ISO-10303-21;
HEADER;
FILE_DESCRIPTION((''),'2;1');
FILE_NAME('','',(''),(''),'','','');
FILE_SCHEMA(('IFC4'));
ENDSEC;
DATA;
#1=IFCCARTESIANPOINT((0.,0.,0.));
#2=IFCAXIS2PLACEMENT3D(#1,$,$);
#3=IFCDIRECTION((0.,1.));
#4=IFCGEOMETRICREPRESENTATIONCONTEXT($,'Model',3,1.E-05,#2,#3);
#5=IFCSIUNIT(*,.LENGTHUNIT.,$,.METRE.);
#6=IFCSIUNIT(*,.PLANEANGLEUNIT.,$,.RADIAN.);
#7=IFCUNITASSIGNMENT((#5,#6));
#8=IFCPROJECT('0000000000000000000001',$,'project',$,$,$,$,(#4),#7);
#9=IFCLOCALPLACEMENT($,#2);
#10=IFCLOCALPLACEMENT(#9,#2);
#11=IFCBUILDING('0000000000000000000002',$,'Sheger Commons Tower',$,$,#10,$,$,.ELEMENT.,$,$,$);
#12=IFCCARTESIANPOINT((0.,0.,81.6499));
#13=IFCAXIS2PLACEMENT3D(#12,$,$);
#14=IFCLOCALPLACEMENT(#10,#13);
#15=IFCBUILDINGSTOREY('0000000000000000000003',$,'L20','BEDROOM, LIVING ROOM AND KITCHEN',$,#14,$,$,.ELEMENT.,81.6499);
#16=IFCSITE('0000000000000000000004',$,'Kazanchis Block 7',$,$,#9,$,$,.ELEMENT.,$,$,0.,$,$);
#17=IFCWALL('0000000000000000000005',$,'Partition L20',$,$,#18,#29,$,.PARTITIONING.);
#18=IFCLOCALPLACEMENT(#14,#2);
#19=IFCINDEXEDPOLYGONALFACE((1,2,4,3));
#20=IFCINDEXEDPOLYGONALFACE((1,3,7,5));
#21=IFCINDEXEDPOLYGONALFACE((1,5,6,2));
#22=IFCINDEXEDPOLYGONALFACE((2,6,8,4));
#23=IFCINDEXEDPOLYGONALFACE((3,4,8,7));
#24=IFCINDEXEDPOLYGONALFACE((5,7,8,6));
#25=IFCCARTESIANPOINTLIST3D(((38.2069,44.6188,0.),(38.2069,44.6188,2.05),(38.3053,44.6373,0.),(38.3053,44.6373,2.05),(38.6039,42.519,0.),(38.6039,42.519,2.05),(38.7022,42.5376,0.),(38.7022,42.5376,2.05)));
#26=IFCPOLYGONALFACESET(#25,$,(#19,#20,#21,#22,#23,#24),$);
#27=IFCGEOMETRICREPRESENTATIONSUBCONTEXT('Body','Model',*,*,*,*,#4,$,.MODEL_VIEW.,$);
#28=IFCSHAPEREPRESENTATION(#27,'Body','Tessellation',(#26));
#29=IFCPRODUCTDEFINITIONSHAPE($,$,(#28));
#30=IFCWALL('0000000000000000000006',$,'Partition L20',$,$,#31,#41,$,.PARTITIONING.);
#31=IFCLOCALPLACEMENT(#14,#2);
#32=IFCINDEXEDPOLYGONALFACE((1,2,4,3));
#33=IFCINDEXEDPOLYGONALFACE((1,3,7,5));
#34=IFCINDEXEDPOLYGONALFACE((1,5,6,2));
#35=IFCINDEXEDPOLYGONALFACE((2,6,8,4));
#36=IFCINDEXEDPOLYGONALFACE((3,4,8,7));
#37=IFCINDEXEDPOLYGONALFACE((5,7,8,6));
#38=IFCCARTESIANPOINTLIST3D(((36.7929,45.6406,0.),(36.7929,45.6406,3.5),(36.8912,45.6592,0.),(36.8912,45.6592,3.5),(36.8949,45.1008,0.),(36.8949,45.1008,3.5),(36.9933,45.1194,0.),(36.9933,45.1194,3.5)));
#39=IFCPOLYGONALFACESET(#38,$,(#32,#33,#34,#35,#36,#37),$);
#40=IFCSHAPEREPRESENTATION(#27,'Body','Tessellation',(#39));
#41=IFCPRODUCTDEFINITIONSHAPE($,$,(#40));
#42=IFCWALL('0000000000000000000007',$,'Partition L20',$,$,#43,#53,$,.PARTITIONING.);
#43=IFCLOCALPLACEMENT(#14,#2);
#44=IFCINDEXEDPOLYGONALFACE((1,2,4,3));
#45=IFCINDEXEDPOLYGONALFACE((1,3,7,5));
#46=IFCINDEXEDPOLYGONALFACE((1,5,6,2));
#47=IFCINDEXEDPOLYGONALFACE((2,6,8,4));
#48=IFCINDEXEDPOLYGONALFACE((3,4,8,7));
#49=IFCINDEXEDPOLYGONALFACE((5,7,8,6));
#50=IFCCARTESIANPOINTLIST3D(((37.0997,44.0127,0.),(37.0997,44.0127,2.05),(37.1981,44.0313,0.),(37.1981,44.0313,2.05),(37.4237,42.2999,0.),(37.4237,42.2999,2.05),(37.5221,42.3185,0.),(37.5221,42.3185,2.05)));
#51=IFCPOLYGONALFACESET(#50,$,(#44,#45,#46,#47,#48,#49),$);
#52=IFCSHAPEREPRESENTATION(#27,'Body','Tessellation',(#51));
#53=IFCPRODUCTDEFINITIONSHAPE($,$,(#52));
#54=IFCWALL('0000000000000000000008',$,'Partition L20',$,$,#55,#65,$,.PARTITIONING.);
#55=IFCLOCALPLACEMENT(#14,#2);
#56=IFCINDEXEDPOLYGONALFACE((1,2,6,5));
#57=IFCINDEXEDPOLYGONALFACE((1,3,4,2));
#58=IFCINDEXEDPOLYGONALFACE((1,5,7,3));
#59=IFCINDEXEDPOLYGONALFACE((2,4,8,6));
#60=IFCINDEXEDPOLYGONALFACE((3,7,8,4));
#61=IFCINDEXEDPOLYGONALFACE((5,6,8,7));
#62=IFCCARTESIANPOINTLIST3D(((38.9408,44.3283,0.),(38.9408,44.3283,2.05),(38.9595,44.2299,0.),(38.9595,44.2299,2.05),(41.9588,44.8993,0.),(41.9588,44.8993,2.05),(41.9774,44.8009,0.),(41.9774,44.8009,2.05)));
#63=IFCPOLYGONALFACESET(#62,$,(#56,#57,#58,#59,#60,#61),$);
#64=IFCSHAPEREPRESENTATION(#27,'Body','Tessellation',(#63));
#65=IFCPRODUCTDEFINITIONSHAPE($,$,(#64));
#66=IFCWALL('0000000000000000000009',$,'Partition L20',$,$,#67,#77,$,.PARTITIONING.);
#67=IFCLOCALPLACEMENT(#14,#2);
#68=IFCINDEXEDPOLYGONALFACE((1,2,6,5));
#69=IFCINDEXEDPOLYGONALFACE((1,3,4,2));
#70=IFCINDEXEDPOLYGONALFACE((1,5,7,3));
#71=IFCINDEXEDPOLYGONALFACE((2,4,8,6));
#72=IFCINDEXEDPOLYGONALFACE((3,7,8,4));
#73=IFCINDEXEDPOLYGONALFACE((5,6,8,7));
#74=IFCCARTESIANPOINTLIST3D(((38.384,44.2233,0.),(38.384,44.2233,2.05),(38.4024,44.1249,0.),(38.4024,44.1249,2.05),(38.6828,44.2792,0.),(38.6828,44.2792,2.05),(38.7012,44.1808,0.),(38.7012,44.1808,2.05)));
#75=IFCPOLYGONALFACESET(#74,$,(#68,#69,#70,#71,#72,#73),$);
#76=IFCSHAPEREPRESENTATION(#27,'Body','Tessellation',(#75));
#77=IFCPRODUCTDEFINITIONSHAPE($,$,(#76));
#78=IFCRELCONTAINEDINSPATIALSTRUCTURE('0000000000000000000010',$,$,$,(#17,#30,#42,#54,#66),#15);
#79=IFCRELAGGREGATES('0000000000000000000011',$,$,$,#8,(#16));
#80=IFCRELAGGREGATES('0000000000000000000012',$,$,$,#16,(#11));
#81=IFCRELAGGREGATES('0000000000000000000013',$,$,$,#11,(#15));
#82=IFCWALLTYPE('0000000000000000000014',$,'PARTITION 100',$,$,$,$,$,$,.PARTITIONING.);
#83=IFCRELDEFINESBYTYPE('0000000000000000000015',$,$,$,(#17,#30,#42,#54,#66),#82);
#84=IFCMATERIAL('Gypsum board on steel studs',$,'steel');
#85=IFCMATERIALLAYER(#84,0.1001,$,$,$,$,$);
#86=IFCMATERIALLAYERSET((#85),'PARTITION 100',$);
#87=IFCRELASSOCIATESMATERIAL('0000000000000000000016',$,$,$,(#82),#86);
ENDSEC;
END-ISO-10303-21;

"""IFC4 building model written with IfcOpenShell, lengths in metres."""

from ifc_helpers import new_model, si_unit, direction, frame, frame_2d, origin, place, context, subcontext, project, spatial, rectangle, extrude, material, layer, layer_set, type_object, element, save


model = new_model("IFC4")

# Units and contexts
model_context = context("Model", 3, precision=1e-05, world=origin(), true_north=direction((0.0, 1.0)))
body_context = subcontext(model_context, "Body", "Model", "MODEL_VIEW")
ifc_project = project(units=[si_unit("LENGTHUNIT", "METRE"), si_unit("PLANEANGLEUNIT", "RADIAN")], contexts=[model_context])

# Site, building, storey
site_placement = place(None, origin())
site = spatial("IfcSite", under=ifc_project, at=site_placement, Name="Kazanchis Block 7", CompositionType="ELEMENT", RefElevation=0.0)
building_placement = place(site_placement, origin())
building = spatial("IfcBuilding", under=site, at=building_placement, Name="Sheger Commons Tower", CompositionType="ELEMENT")
storey_placement = place(building_placement, frame((0.0, 0.0, 81.6499)))
storey = spatial("IfcBuildingStorey", under=building, at=storey_placement, Name="L20", Description="BEDROOM, LIVING ROOM AND KITCHEN", CompositionType="ELEMENT", Elevation=81.6499)

# Walls
ifc_material_1 = material(Name="Gypsum board on steel studs", Category="steel")
ifc_layer_1 = layer(ifc_material_1, 0.1001)
ifc_layer_set_1 = layer_set([ifc_layer_1], Name="PARTITION 100")
wall_type_1 = type_object("IfcWallType", Name="PARTITION 100", PredefinedType="PARTITIONING", material=ifc_layer_set_1)
wall_1_placement = place(storey_placement, frame((38.2561, 44.6279, 0.0), z_axis=(0.0, 0.0, 1.0), x_axis=(0.185758, -0.982596, 0.0)))
element("IfcWall", 1, at=wall_1_placement, inside=storey, type_object=wall_type_1, Name="Partition L20", PredefinedType="PARTITIONING", context=body_context, shape_type="SweptSolid", body=[
    extrude(rectangle(XDim=2.137, YDim=0.1001, at=frame_2d((1.0684, 0.0))), origin(), (0.0, 0.0, 1.0), 2.05),
])
wall_2_placement = place(storey_placement, frame((36.842, 45.6499, 0.0), z_axis=(0.0, 0.0, 1.0), x_axis=(0.185764, -0.982594, 0.0)))
element("IfcWall", 2, at=wall_2_placement, inside=storey, type_object=wall_type_1, Name="Partition L20", PredefinedType="PARTITIONING", context=body_context, shape_type="SweptSolid", body=[
    extrude(rectangle(XDim=0.5493, YDim=0.1001, at=frame_2d((0.2747, 0.0))), origin(), (0.0, 0.0, 1.0), 3.5),
])
wall_3_placement = place(storey_placement, frame((37.1489, 44.022, 0.0), z_axis=(0.0, 0.0, 1.0), x_axis=(0.185844, -0.982579, 0.0)))
element("IfcWall", 3, at=wall_3_placement, inside=storey, type_object=wall_type_1, Name="Partition L20", PredefinedType="PARTITIONING", context=body_context, shape_type="SweptSolid", body=[
    extrude(rectangle(XDim=1.7432, YDim=0.1001, at=frame_2d((0.8716, 0.0))), origin(), (0.0, 0.0, 1.0), 2.05),
])
wall_4_placement = place(storey_placement, frame((41.968, 44.8501, 0.0), z_axis=(0.0, 0.0, 1.0), x_axis=(-0.982567, -0.18591, 0.0)))
element("IfcWall", 4, at=wall_4_placement, inside=storey, type_object=wall_type_1, Name="Partition L20", PredefinedType="PARTITIONING", context=body_context, shape_type="SweptSolid", body=[
    extrude(rectangle(XDim=3.0715, YDim=0.1001, at=frame_2d((1.5356, 0.0))), origin(), (0.0, 0.0, 1.0), 2.05),
])
wall_5_placement = place(storey_placement, frame((38.6919, 44.23, 0.0), z_axis=(0.0, 0.0, 1.0), x_axis=(-0.982945, -0.183901, 0.0)))
element("IfcWall", 5, at=wall_5_placement, inside=storey, type_object=wall_type_1, Name="Partition L20", PredefinedType="PARTITIONING", context=body_context, shape_type="SweptSolid", body=[
    extrude(rectangle(XDim=0.304, YDim=0.1001, at=frame_2d((0.1519, 0.0))), origin(), (0.0, 0.0, 1.0), 2.05),
])

save(model, "model.ifc")
